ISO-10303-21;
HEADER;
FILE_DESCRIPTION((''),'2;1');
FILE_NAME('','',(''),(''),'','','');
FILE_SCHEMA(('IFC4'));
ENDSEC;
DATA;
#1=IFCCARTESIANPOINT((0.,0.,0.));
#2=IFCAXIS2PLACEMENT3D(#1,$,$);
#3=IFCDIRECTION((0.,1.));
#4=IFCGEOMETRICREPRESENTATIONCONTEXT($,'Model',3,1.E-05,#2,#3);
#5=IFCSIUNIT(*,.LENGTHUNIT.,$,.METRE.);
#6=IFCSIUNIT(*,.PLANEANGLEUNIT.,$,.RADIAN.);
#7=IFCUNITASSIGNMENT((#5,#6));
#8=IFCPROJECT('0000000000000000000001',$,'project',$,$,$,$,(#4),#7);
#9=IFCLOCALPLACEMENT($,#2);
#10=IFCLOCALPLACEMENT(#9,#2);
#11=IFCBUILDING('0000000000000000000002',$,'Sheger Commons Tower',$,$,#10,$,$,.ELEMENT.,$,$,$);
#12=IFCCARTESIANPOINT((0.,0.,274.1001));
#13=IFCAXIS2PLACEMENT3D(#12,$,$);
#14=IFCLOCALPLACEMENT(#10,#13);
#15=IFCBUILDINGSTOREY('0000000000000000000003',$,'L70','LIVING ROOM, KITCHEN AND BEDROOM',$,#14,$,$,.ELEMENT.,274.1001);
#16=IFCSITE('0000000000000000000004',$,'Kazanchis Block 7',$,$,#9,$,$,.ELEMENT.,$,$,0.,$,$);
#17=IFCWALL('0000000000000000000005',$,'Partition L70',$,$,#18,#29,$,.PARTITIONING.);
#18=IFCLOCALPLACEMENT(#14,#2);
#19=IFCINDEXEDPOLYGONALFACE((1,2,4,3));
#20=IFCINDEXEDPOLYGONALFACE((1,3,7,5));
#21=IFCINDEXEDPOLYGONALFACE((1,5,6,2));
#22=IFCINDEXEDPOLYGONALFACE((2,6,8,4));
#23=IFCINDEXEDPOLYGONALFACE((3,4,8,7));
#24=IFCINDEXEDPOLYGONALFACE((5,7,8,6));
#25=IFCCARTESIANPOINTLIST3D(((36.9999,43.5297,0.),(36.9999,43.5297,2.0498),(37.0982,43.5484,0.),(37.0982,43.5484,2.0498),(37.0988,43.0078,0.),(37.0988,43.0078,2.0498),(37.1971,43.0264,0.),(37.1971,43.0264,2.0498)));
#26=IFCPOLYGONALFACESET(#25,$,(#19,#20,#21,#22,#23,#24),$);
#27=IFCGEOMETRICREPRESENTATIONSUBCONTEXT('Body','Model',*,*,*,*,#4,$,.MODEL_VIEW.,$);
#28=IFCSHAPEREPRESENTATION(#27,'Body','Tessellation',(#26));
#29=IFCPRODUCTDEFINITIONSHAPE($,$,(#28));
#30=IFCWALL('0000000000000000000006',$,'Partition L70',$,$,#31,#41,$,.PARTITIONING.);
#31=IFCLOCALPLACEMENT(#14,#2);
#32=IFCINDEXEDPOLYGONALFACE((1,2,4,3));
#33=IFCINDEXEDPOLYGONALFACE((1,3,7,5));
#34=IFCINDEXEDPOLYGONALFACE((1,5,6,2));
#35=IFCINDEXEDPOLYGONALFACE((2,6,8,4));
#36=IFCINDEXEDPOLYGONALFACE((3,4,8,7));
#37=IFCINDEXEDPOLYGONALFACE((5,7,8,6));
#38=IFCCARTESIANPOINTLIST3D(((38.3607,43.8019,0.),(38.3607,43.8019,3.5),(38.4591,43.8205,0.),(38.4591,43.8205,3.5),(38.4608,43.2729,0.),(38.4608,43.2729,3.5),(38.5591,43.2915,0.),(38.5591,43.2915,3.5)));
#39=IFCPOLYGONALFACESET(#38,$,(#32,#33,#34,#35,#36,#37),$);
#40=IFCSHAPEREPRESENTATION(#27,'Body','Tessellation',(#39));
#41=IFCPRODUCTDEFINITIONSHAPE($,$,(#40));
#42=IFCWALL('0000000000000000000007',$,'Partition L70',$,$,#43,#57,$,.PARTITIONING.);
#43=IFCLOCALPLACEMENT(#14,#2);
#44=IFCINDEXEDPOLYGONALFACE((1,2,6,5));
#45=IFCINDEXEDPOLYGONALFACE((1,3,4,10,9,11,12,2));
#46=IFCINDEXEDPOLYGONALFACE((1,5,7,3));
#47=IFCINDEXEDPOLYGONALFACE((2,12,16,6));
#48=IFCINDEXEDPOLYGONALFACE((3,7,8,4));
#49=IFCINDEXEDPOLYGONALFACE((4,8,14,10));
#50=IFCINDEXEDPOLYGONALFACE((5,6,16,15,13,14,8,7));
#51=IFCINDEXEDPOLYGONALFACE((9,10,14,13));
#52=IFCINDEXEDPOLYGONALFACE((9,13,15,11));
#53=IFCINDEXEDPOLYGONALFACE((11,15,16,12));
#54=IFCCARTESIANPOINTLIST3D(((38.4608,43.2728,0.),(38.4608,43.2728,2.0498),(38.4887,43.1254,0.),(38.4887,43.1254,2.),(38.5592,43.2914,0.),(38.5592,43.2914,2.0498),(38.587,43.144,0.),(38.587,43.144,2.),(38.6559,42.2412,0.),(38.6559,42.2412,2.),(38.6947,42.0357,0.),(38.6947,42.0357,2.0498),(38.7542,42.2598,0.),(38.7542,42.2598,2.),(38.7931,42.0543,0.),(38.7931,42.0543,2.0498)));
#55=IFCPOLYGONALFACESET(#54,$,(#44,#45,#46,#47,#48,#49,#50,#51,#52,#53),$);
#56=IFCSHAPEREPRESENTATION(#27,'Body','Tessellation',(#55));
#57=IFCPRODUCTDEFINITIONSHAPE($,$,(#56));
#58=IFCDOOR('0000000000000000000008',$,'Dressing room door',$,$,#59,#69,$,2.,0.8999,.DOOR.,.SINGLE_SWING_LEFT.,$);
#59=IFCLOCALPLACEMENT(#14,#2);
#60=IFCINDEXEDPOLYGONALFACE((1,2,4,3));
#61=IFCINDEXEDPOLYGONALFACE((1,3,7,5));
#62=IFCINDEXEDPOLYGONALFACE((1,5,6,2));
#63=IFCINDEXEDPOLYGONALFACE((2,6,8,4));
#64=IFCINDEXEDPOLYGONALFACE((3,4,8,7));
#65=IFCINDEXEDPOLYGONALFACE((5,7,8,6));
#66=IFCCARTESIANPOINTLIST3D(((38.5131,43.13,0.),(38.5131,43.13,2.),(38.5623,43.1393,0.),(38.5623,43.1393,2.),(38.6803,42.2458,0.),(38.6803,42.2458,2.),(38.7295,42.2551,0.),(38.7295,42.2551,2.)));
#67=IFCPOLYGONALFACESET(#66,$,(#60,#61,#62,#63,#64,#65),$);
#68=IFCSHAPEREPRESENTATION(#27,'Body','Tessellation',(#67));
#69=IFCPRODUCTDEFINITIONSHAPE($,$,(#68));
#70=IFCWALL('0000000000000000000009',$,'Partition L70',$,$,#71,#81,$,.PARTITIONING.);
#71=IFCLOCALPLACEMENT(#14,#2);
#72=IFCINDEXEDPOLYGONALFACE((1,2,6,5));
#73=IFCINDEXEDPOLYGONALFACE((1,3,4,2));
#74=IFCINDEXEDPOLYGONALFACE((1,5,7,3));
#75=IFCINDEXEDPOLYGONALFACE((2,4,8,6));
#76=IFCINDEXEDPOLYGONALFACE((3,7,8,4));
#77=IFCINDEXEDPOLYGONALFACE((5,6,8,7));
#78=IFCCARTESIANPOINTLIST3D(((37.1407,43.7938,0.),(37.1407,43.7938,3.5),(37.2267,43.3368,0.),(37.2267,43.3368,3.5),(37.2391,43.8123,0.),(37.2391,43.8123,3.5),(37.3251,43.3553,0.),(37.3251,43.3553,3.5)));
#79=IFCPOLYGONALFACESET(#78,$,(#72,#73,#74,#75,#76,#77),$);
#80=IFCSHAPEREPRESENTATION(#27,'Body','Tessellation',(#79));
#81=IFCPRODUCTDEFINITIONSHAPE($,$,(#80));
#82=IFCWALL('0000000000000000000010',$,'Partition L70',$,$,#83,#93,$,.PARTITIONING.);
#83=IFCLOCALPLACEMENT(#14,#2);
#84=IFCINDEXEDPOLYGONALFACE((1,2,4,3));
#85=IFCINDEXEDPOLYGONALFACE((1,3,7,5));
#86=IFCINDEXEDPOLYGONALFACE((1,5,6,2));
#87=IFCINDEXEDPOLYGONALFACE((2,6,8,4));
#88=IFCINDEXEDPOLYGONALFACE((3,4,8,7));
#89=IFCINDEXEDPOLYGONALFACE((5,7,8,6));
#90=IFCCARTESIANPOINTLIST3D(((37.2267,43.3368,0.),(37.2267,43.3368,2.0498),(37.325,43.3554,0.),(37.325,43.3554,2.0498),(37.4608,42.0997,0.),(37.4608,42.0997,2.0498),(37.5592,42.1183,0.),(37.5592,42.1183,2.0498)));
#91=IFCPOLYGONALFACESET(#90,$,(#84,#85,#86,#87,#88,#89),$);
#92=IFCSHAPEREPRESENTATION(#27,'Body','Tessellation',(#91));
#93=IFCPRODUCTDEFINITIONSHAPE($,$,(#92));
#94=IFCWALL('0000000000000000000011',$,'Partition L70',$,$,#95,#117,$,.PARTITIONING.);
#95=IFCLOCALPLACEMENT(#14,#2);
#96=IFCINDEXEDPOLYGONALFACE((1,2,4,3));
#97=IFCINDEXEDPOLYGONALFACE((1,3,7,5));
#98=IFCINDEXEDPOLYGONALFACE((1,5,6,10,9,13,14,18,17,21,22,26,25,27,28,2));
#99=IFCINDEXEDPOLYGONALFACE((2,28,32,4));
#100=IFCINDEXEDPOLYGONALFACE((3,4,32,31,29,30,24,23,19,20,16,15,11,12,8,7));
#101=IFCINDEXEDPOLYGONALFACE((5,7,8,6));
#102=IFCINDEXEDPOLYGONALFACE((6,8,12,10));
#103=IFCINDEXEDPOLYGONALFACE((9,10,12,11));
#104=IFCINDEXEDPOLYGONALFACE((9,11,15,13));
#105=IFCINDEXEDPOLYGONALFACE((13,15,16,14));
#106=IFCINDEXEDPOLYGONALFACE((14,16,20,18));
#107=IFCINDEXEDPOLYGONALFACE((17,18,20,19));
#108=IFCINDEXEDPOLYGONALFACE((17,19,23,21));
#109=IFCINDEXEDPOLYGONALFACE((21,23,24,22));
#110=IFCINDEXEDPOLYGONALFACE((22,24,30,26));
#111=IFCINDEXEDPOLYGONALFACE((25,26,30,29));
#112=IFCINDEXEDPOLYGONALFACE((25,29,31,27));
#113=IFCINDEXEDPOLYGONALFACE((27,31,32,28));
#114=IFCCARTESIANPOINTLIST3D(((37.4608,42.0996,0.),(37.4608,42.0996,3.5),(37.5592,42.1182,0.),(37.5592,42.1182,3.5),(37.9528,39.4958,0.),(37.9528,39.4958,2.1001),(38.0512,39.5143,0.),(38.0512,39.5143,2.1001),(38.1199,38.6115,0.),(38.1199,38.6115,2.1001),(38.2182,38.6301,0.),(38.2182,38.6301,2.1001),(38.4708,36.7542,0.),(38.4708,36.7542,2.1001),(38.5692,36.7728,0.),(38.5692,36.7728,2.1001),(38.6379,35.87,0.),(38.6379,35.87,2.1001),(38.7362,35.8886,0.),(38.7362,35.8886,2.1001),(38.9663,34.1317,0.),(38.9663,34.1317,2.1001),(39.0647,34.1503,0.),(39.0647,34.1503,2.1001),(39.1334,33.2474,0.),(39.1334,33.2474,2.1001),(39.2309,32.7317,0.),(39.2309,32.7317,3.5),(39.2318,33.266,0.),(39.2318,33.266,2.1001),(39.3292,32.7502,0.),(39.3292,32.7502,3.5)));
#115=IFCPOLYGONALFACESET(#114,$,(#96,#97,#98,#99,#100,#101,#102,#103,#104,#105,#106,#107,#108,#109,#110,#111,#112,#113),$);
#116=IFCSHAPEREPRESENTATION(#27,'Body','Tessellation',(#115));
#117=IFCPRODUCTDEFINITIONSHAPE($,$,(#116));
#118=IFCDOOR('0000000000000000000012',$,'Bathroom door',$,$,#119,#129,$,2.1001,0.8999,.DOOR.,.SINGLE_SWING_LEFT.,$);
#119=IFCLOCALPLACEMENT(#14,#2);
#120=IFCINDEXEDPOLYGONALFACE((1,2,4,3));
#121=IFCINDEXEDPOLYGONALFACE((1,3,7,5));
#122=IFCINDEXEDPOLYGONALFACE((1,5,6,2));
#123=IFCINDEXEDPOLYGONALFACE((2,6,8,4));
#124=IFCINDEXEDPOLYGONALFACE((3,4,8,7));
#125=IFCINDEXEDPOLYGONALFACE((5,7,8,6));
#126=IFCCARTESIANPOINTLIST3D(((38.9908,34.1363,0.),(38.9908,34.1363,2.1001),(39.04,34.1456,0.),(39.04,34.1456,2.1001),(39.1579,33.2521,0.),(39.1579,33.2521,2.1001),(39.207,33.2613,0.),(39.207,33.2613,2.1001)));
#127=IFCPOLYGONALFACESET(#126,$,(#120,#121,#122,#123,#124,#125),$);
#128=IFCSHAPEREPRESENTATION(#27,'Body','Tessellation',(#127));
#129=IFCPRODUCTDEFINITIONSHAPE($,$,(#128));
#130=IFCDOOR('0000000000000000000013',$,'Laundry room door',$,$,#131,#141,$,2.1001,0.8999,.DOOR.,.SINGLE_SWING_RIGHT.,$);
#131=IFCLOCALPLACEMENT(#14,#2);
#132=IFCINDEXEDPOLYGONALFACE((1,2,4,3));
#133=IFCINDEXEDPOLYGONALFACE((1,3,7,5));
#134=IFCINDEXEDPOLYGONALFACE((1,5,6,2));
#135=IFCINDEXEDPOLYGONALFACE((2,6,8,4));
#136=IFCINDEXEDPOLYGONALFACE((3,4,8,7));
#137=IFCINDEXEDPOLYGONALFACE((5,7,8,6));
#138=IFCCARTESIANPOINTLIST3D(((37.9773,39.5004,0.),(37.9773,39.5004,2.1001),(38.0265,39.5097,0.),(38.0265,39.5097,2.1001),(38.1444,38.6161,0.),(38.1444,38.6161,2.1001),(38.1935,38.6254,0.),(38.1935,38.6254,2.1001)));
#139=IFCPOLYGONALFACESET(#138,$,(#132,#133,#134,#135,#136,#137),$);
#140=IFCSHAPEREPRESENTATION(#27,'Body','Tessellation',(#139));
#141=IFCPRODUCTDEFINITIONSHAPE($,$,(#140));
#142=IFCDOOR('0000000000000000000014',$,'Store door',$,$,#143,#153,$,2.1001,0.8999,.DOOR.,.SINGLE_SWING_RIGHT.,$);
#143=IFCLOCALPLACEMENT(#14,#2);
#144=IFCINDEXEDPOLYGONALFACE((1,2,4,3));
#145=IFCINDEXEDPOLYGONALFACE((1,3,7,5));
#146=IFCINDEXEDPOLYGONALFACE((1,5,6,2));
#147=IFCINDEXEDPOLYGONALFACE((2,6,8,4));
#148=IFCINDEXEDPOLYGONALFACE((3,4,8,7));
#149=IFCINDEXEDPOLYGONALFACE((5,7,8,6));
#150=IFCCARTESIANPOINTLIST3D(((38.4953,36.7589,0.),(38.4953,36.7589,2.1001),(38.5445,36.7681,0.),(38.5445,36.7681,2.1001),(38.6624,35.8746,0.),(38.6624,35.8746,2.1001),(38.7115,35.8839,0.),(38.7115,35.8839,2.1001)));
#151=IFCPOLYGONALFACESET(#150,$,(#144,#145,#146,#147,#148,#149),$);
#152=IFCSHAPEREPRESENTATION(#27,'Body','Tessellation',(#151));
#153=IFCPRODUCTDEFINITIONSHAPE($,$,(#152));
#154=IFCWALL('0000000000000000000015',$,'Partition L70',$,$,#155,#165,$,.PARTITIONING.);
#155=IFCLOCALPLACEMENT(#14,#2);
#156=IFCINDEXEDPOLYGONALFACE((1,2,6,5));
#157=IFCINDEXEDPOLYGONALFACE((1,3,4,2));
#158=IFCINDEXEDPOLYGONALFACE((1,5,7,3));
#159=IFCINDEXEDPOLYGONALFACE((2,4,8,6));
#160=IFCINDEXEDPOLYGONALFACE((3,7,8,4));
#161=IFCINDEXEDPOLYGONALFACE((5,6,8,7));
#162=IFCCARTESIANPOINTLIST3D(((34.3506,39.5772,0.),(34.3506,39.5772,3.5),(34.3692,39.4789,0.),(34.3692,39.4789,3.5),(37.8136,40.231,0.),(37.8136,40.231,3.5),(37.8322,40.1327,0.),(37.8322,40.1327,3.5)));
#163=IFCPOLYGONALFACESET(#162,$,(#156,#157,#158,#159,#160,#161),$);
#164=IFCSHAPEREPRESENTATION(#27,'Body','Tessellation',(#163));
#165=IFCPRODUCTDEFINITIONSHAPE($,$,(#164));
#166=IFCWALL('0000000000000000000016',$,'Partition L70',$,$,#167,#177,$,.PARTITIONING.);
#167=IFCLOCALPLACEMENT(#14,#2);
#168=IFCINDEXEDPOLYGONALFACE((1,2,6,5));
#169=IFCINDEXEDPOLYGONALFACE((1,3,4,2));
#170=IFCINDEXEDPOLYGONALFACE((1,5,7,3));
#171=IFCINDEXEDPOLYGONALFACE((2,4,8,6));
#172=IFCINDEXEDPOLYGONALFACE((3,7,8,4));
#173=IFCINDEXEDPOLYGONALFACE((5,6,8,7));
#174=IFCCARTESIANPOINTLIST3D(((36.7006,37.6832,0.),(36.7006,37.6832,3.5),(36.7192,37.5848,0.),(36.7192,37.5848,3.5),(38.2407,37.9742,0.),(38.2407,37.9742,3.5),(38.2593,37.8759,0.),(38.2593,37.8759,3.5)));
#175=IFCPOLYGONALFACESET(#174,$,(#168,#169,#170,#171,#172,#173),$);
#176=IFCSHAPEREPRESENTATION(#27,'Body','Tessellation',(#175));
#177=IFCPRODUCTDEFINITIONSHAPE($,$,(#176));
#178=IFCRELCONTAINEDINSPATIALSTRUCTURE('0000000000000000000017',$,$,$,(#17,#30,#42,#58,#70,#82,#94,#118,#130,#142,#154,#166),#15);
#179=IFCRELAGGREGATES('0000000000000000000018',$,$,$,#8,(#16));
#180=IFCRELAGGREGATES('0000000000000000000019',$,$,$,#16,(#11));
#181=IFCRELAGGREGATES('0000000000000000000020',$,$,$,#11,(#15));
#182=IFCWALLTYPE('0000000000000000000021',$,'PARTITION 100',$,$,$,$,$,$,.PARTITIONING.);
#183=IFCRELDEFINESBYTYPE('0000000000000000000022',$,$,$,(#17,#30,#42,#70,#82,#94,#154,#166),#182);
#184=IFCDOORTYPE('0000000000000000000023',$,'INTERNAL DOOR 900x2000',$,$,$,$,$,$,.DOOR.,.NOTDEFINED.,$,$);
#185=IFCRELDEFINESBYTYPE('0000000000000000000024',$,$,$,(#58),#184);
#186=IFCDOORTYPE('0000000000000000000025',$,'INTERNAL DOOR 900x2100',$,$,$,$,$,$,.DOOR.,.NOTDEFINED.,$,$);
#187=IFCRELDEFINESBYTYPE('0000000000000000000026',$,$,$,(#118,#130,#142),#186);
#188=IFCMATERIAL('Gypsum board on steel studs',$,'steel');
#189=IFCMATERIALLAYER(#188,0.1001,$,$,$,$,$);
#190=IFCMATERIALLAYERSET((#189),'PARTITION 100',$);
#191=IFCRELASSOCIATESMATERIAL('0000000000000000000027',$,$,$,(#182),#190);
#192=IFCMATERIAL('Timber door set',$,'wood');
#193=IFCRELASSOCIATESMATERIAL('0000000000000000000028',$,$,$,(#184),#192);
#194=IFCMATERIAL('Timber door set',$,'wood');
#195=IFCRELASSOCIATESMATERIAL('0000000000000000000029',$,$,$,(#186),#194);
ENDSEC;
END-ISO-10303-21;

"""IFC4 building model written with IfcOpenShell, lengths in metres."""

from ifc_helpers import new_model, si_unit, direction, frame, frame_2d, origin, place, context, subcontext, project, spatial, rectangle, extrude, material, layer, layer_set, type_object, element, fill, save


model = new_model("IFC4")

# Units and contexts
model_context = context("Model", 3, precision=1e-05, world=origin(), true_north=direction((0.0, 1.0)))
body_context = subcontext(model_context, "Body", "Model", "MODEL_VIEW")
ifc_project = project(units=[si_unit("LENGTHUNIT", "METRE"), si_unit("PLANEANGLEUNIT", "RADIAN")], contexts=[model_context])

# Site, building, storey
site_placement = place(None, origin())
site = spatial("IfcSite", under=ifc_project, at=site_placement, Name="Kazanchis Block 7", CompositionType="ELEMENT", RefElevation=0.0)
building_placement = place(site_placement, origin())
building = spatial("IfcBuilding", under=site, at=building_placement, Name="Sheger Commons Tower", CompositionType="ELEMENT")
storey_placement = place(building_placement, frame((0.0, 0.0, 274.1001)))
storey = spatial("IfcBuildingStorey", under=building, at=storey_placement, Name="L70", Description="LIVING ROOM, KITCHEN AND BEDROOM", CompositionType="ELEMENT", Elevation=274.1001)

# Walls
ifc_material_1 = material(Name="Gypsum board on steel studs", Category="steel")
ifc_layer_1 = layer(ifc_material_1, 0.1001)
ifc_layer_set_1 = layer_set([ifc_layer_1], Name="PARTITION 100")
wall_type_1 = type_object("IfcWallType", Name="PARTITION 100", PredefinedType="PARTITIONING", material=ifc_layer_set_1)
wall_1_placement = place(storey_placement, frame((37.0491, 43.5391, 0.0), z_axis=(0.0, 0.0, 1.0), x_axis=(0.186119, -0.982527, 0.0)))
element("IfcWall", 1, at=wall_1_placement, inside=storey, type_object=wall_type_1, Name="Partition L70", PredefinedType="PARTITIONING", context=body_context, shape_type="SweptSolid", body=[
    extrude(rectangle(XDim=0.5312, YDim=0.1001, at=frame_2d((0.2656, 0.0))), origin(), (0.0, 0.0, 1.0), 2.0498),
])
wall_2_placement = place(storey_placement, frame((38.4099, 43.811, 0.0), z_axis=(0.0, 0.0, 1.0), x_axis=(0.185903, -0.982568, 0.0)))
element("IfcWall", 2, at=wall_2_placement, inside=storey, type_object=wall_type_1, Name="Partition L70", PredefinedType="PARTITIONING", context=body_context, shape_type="SweptSolid", body=[
    extrude(rectangle(XDim=0.5383, YDim=0.1001, at=frame_2d((0.269, 0.0))), origin(), (0.0, 0.0, 1.0), 3.5),
])

# Wall, opening, door
wall_3_placement = place(storey_placement, frame((38.51, 43.282, 0.0), z_axis=(0.0, 0.0, 1.0), x_axis=(0.185775, -0.982592, 0.0)))
wall_3 = element("IfcWall", 3, at=wall_3_placement, inside=storey, type_object=wall_type_1, Name="Partition L70", PredefinedType="PARTITIONING", context=body_context, shape_type="SweptSolid", body=[
    extrude(rectangle(XDim=1.259, YDim=0.1001, at=frame_2d((0.6294, 0.0))), origin(), (0.0, 0.0, 1.0), 2.0498),
])
opening_1_placement = place(wall_3_placement, frame((0.1499, 0.0, 0.0)))
opening_1 = element("IfcOpeningElement", 4, at=opening_1_placement, cuts=wall_3, PredefinedType="OPENING", context=body_context, shape_type="SweptSolid", body=[
    extrude(rectangle(XDim=0.8999, YDim=2.0, at=frame_2d((0.45, 1.0))), frame((0.0, 0.0601, 0.0), z_axis=(0.0, -1.0, 0.0), x_axis=(1.0, 0.0, 0.0)), (0.0, 0.0, 1.0), 0.1201),
])
ifc_material_2 = material(Name="Timber door set", Category="wood")
door_type_1 = type_object("IfcDoorType", Name="INTERNAL DOOR 900x2000", OperationType="NOTDEFINED", PredefinedType="DOOR", material=ifc_material_2)
door_1_placement = place(opening_1_placement, origin())
door_1 = element("IfcDoor", 5, at=door_1_placement, inside=storey, type_object=door_type_1, Name="Dressing room door", OperationType="SINGLE_SWING_LEFT", OverallHeight=2.0, OverallWidth=0.8999, PredefinedType="DOOR", context=body_context, shape_type="SweptSolid", body=[
    extrude(rectangle(XDim=0.8999, YDim=2.0, at=frame_2d((0.45, 1.0))), frame((0.0, 0.0249, 0.0), z_axis=(0.0, -1.0, 0.0), x_axis=(1.0, 0.0, 0.0)), (0.0, 0.0, 1.0), 0.05),
])
fill(opening_1, door_1)

# Walls
wall_4_placement = place(storey_placement, frame((37.1899, 43.803, 0.0), z_axis=(0.0, 0.0, 1.0), x_axis=(0.184796, -0.982777, 0.0)))
element("IfcWall", 6, at=wall_4_placement, inside=storey, type_object=wall_type_1, Name="Partition L70", PredefinedType="PARTITIONING", context=body_context, shape_type="SweptSolid", body=[
    extrude(rectangle(XDim=0.4651, YDim=0.1001, at=frame_2d((0.2324, 0.0))), origin(), (0.0, 0.0, 1.0), 3.5),
])
wall_5_placement = place(storey_placement, frame((37.2759, 43.3459, 0.0), z_axis=(0.0, 0.0, 1.0), x_axis=(0.185963, -0.982557, 0.0)))
element("IfcWall", 7, at=wall_5_placement, inside=storey, type_object=wall_type_1, Name="Partition L70", PredefinedType="PARTITIONING", context=body_context, shape_type="SweptSolid", body=[
    extrude(rectangle(XDim=1.259, YDim=0.1001, at=frame_2d((0.6294, 0.0))), origin(), (0.0, 0.0, 1.0), 2.0498),
])

# Wall, openings, doors
wall_6_placement = place(storey_placement, frame((37.51, 42.1089, 0.0), z_axis=(0.0, 0.0, 1.0), x_axis=(0.18566, -0.982614, 0.0)))
wall_6 = element("IfcWall", 8, at=wall_6_placement, inside=storey, type_object=wall_type_1, Name="Partition L70", PredefinedType="PARTITIONING", context=body_context, shape_type="SweptSolid", body=[
    extrude(rectangle(XDim=9.5337, YDim=0.1001, at=frame_2d((4.7668, 0.0))), origin(), (0.0, 0.0, 1.0), 3.5),
])
opening_2_placement = place(wall_6_placement, frame((8.1089, 0.0, 0.0)))
opening_2 = element("IfcOpeningElement", 9, at=opening_2_placement, cuts=wall_6, PredefinedType="OPENING", context=body_context, shape_type="SweptSolid", body=[
    extrude(rectangle(XDim=0.8999, YDim=2.1001, at=frame_2d((0.45, 1.05))), frame((0.0, 0.0601, 0.0), z_axis=(0.0, -1.0, 0.0), x_axis=(1.0, 0.0, 0.0)), (0.0, 0.0, 1.0), 0.1201),
])
opening_3_placement = place(wall_6_placement, frame((2.6499, 0.0, 0.0)))
opening_3 = element("IfcOpeningElement", 10, at=opening_3_placement, cuts=wall_6, PredefinedType="OPENING", context=body_context, shape_type="SweptSolid", body=[
    extrude(rectangle(XDim=0.8999, YDim=2.1001, at=frame_2d((0.45, 1.05))), frame((0.0, 0.0601, 0.0), z_axis=(0.0, -1.0, 0.0), x_axis=(1.0, 0.0, 0.0)), (0.0, 0.0, 1.0), 0.1201),
])
opening_4_placement = place(wall_6_placement, frame((5.4399, 0.0, 0.0)))
opening_4 = element("IfcOpeningElement", 11, at=opening_4_placement, cuts=wall_6, PredefinedType="OPENING", context=body_context, shape_type="SweptSolid", body=[
    extrude(rectangle(XDim=0.8999, YDim=2.1001, at=frame_2d((0.45, 1.05))), frame((0.0, 0.0601, 0.0), z_axis=(0.0, -1.0, 0.0), x_axis=(1.0, 0.0, 0.0)), (0.0, 0.0, 1.0), 0.1201),
])
ifc_material_3 = material(Name="Timber door set", Category="wood")
door_type_2 = type_object("IfcDoorType", Name="INTERNAL DOOR 900x2100", OperationType="NOTDEFINED", PredefinedType="DOOR", material=ifc_material_3)
door_2_placement = place(opening_2_placement, origin())
door_2 = element("IfcDoor", 12, at=door_2_placement, inside=storey, type_object=door_type_2, Name="Bathroom door", OperationType="SINGLE_SWING_LEFT", OverallHeight=2.1001, OverallWidth=0.8999, PredefinedType="DOOR", context=body_context, shape_type="SweptSolid", body=[
    extrude(rectangle(XDim=0.8999, YDim=2.1001, at=frame_2d((0.45, 1.05))), frame((0.0, 0.0249, 0.0), z_axis=(0.0, -1.0, 0.0), x_axis=(1.0, 0.0, 0.0)), (0.0, 0.0, 1.0), 0.05),
])
fill(opening_2, door_2)
door_3_placement = place(opening_3_placement, origin())
door_3 = element("IfcDoor", 13, at=door_3_placement, inside=storey, type_object=door_type_2, Name="Laundry room door", OperationType="SINGLE_SWING_RIGHT", OverallHeight=2.1001, OverallWidth=0.8999, PredefinedType="DOOR", context=body_context, shape_type="SweptSolid", body=[
    extrude(rectangle(XDim=0.8999, YDim=2.1001, at=frame_2d((0.45, 1.05))), frame((0.0, 0.0249, 0.0), z_axis=(0.0, -1.0, 0.0), x_axis=(1.0, 0.0, 0.0)), (0.0, 0.0, 1.0), 0.05),
])
fill(opening_3, door_3)
door_4_placement = place(opening_4_placement, origin())
door_4 = element("IfcDoor", 14, at=door_4_placement, inside=storey, type_object=door_type_2, Name="Store door", OperationType="SINGLE_SWING_RIGHT", OverallHeight=2.1001, OverallWidth=0.8999, PredefinedType="DOOR", context=body_context, shape_type="SweptSolid", body=[
    extrude(rectangle(XDim=0.8999, YDim=2.1001, at=frame_2d((0.45, 1.05))), frame((0.0, 0.0249, 0.0), z_axis=(0.0, -1.0, 0.0), x_axis=(1.0, 0.0, 0.0)), (0.0, 0.0, 1.0), 0.05),
])
fill(opening_4, door_4)

# Walls
wall_7_placement = place(storey_placement, frame((37.823, 40.1819, 0.0), z_axis=(0.0, 0.0, 1.0), x_axis=(-0.982639, -0.185527, 0.0)))
element("IfcWall", 15, at=wall_7_placement, inside=storey, type_object=wall_type_1, Name="Partition L70", PredefinedType="PARTITIONING", context=body_context, shape_type="SweptSolid", body=[
    extrude(rectangle(XDim=3.5242, YDim=0.1001, at=frame_2d((1.7622, 0.0))), origin(), (0.0, 0.0, 1.0), 3.5),
])
wall_8_placement = place(storey_placement, frame((38.25, 37.925, 0.0), z_axis=(0.0, 0.0, 1.0), x_axis=(-0.98261, -0.18568, 0.0)))
element("IfcWall", 16, at=wall_8_placement, inside=storey, type_object=wall_type_1, Name="Partition L70", PredefinedType="PARTITIONING", context=body_context, shape_type="SweptSolid", body=[
    extrude(rectangle(XDim=1.5674, YDim=0.1001, at=frame_2d((0.7837, 0.0))), origin(), (0.0, 0.0, 1.0), 3.5),
])

save(model, "model.ifc")
